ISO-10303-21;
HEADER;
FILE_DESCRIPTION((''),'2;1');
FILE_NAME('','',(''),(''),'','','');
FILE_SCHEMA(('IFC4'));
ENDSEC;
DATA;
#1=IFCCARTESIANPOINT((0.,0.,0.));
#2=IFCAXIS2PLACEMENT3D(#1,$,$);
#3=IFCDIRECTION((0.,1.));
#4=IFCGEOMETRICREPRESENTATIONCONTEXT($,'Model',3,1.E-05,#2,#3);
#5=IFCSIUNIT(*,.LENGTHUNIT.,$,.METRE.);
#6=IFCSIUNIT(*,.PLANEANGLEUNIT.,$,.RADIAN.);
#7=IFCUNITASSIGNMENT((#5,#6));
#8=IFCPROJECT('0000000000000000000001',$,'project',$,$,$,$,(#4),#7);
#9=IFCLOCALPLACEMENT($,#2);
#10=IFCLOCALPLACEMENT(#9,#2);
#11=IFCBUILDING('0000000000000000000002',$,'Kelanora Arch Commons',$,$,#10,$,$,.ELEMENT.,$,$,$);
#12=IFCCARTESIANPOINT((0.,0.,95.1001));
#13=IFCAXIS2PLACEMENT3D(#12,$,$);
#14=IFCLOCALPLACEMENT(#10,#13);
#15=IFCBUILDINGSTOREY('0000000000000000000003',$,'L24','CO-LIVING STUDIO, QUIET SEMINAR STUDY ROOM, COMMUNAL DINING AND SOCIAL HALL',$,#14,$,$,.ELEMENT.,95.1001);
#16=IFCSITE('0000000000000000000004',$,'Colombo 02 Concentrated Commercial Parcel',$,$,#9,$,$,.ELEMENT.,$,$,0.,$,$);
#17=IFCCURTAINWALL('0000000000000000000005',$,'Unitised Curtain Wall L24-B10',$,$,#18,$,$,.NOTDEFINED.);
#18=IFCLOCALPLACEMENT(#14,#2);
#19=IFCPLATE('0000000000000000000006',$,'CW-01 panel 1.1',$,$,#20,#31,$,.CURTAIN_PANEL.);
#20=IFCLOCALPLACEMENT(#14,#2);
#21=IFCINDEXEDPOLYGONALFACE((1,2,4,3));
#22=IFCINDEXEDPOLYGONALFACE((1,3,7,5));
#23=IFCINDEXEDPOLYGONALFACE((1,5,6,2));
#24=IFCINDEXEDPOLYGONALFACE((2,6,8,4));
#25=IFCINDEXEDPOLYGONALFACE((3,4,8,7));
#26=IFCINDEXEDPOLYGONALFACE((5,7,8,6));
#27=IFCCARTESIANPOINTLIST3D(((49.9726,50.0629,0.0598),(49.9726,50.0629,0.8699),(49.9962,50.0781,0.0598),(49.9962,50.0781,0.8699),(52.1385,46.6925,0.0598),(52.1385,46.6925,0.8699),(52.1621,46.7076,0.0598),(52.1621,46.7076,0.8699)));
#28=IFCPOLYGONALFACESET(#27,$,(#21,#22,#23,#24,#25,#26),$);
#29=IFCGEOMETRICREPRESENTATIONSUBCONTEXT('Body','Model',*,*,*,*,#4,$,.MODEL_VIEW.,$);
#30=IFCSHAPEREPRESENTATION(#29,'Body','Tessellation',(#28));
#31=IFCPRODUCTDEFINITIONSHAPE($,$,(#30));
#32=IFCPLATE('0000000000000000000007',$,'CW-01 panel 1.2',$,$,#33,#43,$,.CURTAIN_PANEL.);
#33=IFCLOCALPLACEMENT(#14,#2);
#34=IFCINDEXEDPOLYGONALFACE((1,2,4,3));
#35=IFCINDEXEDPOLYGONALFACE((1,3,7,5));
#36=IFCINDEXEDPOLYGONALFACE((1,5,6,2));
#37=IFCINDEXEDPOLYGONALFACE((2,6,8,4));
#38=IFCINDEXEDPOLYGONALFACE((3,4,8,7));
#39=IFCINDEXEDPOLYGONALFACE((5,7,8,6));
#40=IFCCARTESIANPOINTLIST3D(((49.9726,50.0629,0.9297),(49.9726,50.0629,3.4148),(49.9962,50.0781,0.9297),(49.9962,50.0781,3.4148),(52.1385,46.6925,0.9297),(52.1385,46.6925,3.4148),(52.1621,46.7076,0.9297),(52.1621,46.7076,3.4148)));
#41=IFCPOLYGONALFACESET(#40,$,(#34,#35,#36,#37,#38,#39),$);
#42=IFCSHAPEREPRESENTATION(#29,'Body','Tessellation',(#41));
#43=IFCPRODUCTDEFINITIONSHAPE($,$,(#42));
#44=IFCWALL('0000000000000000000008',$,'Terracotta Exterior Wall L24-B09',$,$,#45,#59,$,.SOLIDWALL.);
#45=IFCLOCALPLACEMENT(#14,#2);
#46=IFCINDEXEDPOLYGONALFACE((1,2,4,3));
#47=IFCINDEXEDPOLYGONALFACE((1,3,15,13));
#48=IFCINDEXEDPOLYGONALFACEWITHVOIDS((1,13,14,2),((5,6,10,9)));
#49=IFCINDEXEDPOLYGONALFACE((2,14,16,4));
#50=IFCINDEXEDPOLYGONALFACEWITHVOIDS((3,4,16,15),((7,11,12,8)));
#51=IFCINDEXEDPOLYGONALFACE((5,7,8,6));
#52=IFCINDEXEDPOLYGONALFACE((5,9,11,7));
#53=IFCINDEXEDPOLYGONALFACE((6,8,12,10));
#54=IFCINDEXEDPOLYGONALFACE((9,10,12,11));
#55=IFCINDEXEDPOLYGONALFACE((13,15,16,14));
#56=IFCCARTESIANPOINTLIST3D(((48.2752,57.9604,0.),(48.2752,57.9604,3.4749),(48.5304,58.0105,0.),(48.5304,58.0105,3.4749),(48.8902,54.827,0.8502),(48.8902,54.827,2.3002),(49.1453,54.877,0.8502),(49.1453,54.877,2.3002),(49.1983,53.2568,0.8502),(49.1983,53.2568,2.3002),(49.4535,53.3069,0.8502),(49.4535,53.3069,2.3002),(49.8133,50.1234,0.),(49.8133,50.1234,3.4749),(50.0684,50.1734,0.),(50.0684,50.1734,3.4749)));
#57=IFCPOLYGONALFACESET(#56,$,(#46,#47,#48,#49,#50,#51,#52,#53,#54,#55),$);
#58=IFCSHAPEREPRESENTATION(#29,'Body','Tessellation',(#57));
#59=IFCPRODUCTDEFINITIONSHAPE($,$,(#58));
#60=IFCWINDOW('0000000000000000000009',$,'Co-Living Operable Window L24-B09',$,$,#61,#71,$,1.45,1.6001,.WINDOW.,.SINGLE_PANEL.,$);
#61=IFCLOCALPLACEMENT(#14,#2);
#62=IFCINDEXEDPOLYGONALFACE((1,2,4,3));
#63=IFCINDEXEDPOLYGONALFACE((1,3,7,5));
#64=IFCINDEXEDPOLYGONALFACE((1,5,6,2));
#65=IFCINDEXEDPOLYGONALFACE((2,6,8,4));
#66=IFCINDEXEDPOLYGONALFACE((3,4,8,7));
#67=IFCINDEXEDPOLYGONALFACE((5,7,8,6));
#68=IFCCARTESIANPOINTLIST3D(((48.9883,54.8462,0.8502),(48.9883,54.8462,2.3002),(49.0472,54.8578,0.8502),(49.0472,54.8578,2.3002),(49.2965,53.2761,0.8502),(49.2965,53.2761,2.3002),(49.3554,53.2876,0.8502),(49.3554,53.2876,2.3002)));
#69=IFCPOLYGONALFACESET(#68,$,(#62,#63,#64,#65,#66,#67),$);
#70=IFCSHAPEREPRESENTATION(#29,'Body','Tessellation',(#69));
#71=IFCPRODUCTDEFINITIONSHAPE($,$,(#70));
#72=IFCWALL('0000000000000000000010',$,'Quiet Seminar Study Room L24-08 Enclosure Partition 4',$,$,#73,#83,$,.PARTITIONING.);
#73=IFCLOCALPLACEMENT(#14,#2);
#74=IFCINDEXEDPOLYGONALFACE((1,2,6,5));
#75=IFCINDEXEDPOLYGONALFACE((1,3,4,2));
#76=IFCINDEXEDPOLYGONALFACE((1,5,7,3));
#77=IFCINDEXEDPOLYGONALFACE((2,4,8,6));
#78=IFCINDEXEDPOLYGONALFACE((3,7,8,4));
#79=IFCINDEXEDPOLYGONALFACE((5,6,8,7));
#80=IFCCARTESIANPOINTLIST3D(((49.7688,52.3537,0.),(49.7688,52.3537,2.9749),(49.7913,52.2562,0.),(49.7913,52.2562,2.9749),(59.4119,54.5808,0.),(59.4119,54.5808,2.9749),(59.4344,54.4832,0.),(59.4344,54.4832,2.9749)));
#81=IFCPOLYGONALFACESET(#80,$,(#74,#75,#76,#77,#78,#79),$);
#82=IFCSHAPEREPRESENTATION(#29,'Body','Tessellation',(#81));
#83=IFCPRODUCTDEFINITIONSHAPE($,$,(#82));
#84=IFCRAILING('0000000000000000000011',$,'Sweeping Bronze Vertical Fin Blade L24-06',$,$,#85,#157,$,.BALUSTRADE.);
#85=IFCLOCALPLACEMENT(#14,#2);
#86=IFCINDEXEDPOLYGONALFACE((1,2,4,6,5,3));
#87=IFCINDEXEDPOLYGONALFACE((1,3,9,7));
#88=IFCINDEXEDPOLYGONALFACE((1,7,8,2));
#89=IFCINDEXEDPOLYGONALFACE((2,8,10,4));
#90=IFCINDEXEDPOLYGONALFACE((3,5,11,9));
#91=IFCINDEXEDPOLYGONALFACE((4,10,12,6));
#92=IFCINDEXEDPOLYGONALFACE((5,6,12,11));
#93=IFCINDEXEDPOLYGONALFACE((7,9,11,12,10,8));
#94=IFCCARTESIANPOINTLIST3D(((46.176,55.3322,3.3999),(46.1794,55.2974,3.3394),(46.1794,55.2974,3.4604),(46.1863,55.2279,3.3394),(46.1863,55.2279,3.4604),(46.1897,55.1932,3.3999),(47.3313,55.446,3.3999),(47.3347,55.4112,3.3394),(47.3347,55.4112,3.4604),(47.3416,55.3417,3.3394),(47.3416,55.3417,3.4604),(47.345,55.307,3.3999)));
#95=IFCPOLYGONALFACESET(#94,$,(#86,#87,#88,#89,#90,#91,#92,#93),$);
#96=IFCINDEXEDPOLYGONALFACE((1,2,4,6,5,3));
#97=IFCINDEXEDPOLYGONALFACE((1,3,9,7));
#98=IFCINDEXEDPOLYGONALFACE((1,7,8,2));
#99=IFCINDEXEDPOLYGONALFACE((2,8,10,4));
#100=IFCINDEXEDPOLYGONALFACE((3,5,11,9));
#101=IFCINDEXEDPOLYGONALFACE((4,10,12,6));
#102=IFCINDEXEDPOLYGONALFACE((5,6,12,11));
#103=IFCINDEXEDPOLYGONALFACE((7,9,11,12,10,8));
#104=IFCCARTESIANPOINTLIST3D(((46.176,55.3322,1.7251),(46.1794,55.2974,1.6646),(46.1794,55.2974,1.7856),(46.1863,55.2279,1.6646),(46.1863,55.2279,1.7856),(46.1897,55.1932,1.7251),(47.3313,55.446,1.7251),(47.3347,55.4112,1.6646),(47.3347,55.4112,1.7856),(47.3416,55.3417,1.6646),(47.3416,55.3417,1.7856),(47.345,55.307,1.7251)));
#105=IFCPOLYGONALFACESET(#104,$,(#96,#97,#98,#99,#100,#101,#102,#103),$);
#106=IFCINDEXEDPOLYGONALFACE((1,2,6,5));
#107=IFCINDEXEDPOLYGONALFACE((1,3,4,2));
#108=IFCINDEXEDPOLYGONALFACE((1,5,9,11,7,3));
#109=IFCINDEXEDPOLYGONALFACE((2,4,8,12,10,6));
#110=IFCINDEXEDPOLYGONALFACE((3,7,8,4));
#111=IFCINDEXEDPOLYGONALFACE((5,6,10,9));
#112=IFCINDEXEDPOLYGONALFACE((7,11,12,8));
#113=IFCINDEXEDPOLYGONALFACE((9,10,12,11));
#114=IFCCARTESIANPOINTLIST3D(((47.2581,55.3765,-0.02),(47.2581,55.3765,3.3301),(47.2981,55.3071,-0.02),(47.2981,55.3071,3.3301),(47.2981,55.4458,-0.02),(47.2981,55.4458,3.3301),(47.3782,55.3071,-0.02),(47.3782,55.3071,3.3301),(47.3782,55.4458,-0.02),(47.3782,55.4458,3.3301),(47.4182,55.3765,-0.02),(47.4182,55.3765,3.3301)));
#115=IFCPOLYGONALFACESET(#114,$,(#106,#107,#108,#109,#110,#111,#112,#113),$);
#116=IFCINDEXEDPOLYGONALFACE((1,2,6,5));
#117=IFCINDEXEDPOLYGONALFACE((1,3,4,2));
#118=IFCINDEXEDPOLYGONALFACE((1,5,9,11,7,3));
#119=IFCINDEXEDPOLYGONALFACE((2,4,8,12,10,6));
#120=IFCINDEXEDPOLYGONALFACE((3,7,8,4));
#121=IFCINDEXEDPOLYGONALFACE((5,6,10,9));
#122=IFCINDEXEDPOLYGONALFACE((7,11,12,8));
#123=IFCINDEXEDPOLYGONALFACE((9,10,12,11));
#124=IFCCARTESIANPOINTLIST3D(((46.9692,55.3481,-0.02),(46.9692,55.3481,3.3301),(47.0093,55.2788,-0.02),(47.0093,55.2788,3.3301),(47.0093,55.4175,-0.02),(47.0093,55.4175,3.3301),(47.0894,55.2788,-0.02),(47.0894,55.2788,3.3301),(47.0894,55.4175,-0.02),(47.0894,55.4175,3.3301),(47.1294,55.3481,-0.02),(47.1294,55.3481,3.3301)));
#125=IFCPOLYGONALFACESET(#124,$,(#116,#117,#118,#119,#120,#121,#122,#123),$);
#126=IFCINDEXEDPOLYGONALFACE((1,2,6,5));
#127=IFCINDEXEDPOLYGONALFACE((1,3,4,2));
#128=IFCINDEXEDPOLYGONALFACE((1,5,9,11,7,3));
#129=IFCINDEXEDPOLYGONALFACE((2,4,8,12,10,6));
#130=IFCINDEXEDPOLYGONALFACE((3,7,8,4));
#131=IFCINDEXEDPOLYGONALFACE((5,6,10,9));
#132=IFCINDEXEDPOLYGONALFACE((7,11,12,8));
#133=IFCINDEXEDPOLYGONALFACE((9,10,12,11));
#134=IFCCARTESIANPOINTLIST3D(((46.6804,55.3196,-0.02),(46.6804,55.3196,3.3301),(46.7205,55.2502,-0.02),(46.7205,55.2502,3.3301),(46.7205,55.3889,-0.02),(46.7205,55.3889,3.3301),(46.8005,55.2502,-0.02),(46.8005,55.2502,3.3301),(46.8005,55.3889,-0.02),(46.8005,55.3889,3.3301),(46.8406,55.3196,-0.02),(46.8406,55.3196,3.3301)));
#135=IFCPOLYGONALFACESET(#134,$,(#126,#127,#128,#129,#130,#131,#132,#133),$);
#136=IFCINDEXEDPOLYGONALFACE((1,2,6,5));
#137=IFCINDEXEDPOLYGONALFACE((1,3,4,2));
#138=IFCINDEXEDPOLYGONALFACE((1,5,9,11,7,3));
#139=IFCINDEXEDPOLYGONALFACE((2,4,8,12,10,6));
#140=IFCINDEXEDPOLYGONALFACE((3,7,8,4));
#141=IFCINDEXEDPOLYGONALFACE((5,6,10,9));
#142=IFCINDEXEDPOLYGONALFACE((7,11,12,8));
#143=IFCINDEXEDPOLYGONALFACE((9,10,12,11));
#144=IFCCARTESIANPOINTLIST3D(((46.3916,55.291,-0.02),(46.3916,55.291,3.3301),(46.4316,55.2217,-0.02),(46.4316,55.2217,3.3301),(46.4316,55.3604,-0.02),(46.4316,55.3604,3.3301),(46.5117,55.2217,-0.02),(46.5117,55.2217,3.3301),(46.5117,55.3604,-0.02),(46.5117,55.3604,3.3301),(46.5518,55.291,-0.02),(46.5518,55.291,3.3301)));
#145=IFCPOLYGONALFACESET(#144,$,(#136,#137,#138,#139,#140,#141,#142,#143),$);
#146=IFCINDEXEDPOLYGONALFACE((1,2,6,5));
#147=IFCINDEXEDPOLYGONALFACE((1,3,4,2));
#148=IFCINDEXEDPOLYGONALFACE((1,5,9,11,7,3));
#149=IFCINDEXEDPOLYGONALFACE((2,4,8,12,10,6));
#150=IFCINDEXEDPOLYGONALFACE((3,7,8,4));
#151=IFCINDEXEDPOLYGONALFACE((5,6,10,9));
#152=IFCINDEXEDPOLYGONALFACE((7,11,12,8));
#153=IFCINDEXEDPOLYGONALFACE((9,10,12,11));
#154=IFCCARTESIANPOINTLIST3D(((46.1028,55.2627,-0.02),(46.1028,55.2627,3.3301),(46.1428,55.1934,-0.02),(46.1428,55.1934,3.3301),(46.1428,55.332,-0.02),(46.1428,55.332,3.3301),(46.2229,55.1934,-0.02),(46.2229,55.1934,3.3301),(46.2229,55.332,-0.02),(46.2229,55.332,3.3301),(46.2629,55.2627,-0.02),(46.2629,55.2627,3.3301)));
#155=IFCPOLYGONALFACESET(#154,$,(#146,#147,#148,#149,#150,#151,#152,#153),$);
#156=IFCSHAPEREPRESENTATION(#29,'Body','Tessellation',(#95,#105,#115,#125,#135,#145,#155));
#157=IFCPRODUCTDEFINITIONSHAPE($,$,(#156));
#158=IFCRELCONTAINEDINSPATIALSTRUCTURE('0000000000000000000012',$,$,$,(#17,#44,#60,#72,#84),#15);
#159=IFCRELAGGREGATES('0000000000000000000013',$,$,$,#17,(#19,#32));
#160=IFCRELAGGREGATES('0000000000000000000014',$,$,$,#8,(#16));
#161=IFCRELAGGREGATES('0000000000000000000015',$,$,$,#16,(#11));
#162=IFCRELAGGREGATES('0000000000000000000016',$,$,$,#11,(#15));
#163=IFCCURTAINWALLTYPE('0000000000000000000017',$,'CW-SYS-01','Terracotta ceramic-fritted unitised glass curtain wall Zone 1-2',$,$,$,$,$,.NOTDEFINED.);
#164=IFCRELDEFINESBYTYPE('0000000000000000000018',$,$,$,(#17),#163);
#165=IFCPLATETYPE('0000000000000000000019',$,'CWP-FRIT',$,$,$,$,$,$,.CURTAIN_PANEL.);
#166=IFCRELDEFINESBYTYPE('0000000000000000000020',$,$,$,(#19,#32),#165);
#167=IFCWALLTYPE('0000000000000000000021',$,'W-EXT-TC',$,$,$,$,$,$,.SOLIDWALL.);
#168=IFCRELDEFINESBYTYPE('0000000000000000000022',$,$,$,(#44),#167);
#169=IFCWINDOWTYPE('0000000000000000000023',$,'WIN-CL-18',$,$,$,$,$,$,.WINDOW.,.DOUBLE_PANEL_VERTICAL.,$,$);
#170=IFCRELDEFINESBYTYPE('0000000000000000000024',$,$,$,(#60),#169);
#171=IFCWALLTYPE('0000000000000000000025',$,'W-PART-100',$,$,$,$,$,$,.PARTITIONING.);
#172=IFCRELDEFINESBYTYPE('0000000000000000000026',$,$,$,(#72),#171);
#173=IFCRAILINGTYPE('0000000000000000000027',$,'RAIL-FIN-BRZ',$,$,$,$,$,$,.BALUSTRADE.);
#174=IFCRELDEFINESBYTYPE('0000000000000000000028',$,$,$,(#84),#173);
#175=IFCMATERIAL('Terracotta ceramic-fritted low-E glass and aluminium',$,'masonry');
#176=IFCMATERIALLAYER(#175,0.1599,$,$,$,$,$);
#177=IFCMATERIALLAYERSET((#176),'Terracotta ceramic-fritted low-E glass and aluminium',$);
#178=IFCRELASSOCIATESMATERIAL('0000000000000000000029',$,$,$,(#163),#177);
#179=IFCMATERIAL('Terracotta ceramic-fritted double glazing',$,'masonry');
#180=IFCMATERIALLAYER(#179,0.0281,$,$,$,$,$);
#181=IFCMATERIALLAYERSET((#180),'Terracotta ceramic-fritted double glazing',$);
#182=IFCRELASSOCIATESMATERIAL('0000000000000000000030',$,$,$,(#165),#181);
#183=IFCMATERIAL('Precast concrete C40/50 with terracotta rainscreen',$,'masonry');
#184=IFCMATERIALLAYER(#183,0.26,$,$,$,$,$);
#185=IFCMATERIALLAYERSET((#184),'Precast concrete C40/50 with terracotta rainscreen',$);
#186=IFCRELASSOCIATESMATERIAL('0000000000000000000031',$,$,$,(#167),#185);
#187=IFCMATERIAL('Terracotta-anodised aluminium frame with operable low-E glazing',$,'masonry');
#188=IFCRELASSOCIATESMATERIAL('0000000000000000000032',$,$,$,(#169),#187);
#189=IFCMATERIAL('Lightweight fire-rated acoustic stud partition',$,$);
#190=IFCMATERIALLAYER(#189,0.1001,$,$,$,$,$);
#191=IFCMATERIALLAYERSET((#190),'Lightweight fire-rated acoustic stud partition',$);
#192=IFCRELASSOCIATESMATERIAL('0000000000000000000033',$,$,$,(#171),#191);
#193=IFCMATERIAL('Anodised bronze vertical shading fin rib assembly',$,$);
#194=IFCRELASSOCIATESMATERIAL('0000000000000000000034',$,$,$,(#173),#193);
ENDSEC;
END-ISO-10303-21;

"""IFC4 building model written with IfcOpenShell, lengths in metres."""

from ifc_helpers import new_model, si_unit, direction, frame, frame_2d, origin, origin_2d, place, context, subcontext, project, spatial, polyline, rectangle, outline, extrude, source, transform, mapped, material, layer, layer_set, type_object, element, fill, aggregate, save


model = new_model("IFC4")

# Units and contexts
model_context = context("Model", 3, precision=1e-05, world=origin(), true_north=direction((0.0, 1.0)))
body_context = subcontext(model_context, "Body", "Model", "MODEL_VIEW")
ifc_project = project(units=[si_unit("LENGTHUNIT", "METRE"), si_unit("PLANEANGLEUNIT", "RADIAN")], contexts=[model_context])

# Site, building, storey
site_placement = place(None, origin())
site = spatial("IfcSite", under=ifc_project, at=site_placement, Name="Colombo 02 Concentrated Commercial Parcel", CompositionType="ELEMENT", RefElevation=0.0)
building_placement = place(site_placement, origin())
building = spatial("IfcBuilding", under=site, at=building_placement, Name="Kelanora Arch Commons", CompositionType="ELEMENT")
storey_placement = place(building_placement, frame((0.0, 0.0, 95.1001)))
storey = spatial("IfcBuildingStorey", under=building, at=storey_placement, Name="L24", Description="CO-LIVING STUDIO, QUIET SEMINAR STUDY ROOM, COMMUNAL DINING AND SOCIAL HALL", CompositionType="ELEMENT", Elevation=95.1001)

# Shared definitions
ifc_material_1 = material(Name="Terracotta ceramic-fritted low-E glass and aluminium", Category="masonry")
ifc_layer_1 = layer(ifc_material_1, 0.1599)
ifc_layer_set_1 = layer_set([ifc_layer_1], Name="Terracotta ceramic-fritted low-E glass and aluminium")
curtain_wall_type = type_object("IfcCurtainWallType", Name="CW-SYS-01", Description="Terracotta ceramic-fritted unitised glass curtain wall Zone 1-2", PredefinedType="NOTDEFINED", material=ifc_layer_set_1)

# Curtain wall
curtain_wall_1_placement = place(storey_placement, origin())
curtain_wall_1 = element("IfcCurtainWall", 1, at=curtain_wall_1_placement, inside=storey, type_object=curtain_wall_type, Name="Unitised Curtain Wall L24-B10", PredefinedType="NOTDEFINED")

# Plates
ifc_material_2 = material(Name="Terracotta ceramic-fritted double glazing", Category="masonry")
ifc_layer_2 = layer(ifc_material_2, 0.0281)
ifc_layer_set_2 = layer_set([ifc_layer_2], Name="Terracotta ceramic-fritted double glazing")
plate_type = type_object("IfcPlateType", Name="CWP-FRIT", PredefinedType="CURTAIN_PANEL", material=ifc_layer_set_2)
shared_shape_1 = source(origin(), body_context, "Body", "SweptSolid", [
    extrude(rectangle(XDim=4.0063, YDim=0.0281, at=origin_2d()), origin(), (0.0, 0.0, 1.0), 0.8101),
])
plate_1_placement = place(storey_placement, frame((51.0674, 48.3853, 0.0598), z_axis=(0.0, 0.0, 1.0), x_axis=(0.540617, -0.841269, 0.0)))
plate_1 = element("IfcPlate", 2, at=plate_1_placement, type_object=plate_type, Name="CW-01 panel 1.1", PredefinedType="CURTAIN_PANEL", context=body_context, shape_type="MappedRepresentation", body=[
    mapped(shared_shape_1, transform((0.0, 0.0, 0.0), scale=1.0)),
])
shared_shape_2 = source(origin(), body_context, "Body", "SweptSolid", [
    extrude(rectangle(XDim=4.0063, YDim=0.0281, at=origin_2d()), origin(), (0.0, 0.0, 1.0), 2.4851),
])
plate_2_placement = place(storey_placement, frame((51.0674, 48.3853, 0.9297), z_axis=(0.0, 0.0, 1.0), x_axis=(0.540617, -0.841269, 0.0)))
plate_2 = element("IfcPlate", 3, at=plate_2_placement, type_object=plate_type, Name="CW-01 panel 1.2", PredefinedType="CURTAIN_PANEL", context=body_context, shape_type="MappedRepresentation", body=[
    mapped(shared_shape_2, transform((0.0, 0.0, 0.0), scale=1.0)),
])
aggregate(curtain_wall_1, [plate_1, plate_2])

# Wall, opening, window
ifc_material_3 = material(Name="Precast concrete C40/50 with terracotta rainscreen", Category="masonry")
ifc_layer_3 = layer(ifc_material_3, 0.26)
ifc_layer_set_3 = layer_set([ifc_layer_3], Name="Precast concrete C40/50 with terracotta rainscreen")
wall_type_1 = type_object("IfcWallType", Name="W-EXT-TC", PredefinedType="SOLIDWALL", material=ifc_layer_set_3)
wall_1_placement = place(storey_placement, frame((48.4028, 57.9854, 0.0), z_axis=(0.0, 0.0, 1.0), x_axis=(0.192582, -0.981281, 0.0)))
wall_1 = element("IfcWall", 4, at=wall_1_placement, inside=storey, type_object=wall_type_1, Name="Terracotta Exterior Wall L24-B09", PredefinedType="SOLIDWALL", context=body_context, shape_type="SweptSolid", body=[
    extrude(rectangle(XDim=7.9866, YDim=0.26, at=frame_2d((3.9932, 0.0))), origin(), (0.0, 0.0, 1.0), 3.4749),
])
opening_placement = place(wall_1_placement, frame((3.1931, 0.0, 0.8501)))
opening = element("IfcOpeningElement", 5, at=opening_placement, cuts=wall_1, PredefinedType="OPENING", context=body_context, shape_type="SweptSolid", body=[
    extrude(rectangle(XDim=1.6001, YDim=1.45, at=frame_2d((0.8, 0.7251))), frame((0.0, 0.1401, 0.0), z_axis=(0.0, -1.0, 0.0), x_axis=(1.0, 0.0, 0.0)), (0.0, 0.0, 1.0), 0.28),
])
ifc_material_4 = material(Name="Terracotta-anodised aluminium frame with operable low-E glazing", Category="masonry")
window_type = type_object("IfcWindowType", Name="WIN-CL-18", PartitioningType="DOUBLE_PANEL_VERTICAL", PredefinedType="WINDOW", material=ifc_material_4)
window_placement = place(opening_placement, origin())
window = element("IfcWindow", 6, at=window_placement, inside=storey, type_object=window_type, Name="Co-Living Operable Window L24-B09", OverallHeight=1.45, OverallWidth=1.6001, PartitioningType="SINGLE_PANEL", PredefinedType="WINDOW", context=body_context, shape_type="SweptSolid", body=[
    extrude(rectangle(XDim=1.6001, YDim=1.45, at=frame_2d((0.8, 0.7251))), frame((0.0, 0.03, 0.0), z_axis=(0.0, -1.0, 0.0), x_axis=(1.0, 0.0, 0.0)), (0.0, 0.0, 1.0), 0.0601),
])
fill(opening, window)

# Wall
ifc_material_5 = material(Name="Lightweight fire-rated acoustic stud partition")
ifc_layer_4 = layer(ifc_material_5, 0.1001)
ifc_layer_set_4 = layer_set([ifc_layer_4], Name="Lightweight fire-rated acoustic stud partition")
wall_type_2 = type_object("IfcWallType", Name="W-PART-100", PredefinedType="PARTITIONING", material=ifc_layer_set_4)
wall_2_placement = place(storey_placement, frame((49.78, 52.3049, 0.0), z_axis=(0.0, 0.0, 1.0), x_axis=(0.974353, 0.225025, 0.0)))
element("IfcWall", 7, at=wall_2_placement, inside=storey, type_object=wall_type_2, Name="Quiet Seminar Study Room L24-08 Enclosure Partition 4", PredefinedType="PARTITIONING", context=body_context, shape_type="SweptSolid", body=[
    extrude(rectangle(XDim=9.897, YDim=0.1001, at=frame_2d((4.9485, 0.0))), origin(), (0.0, 0.0, 1.0), 2.9749),
])

# Railing
ifc_material_6 = material(Name="Anodised bronze vertical shading fin rib assembly")
railing_type = type_object("IfcRailingType", Name="RAIL-FIN-BRZ", PredefinedType="BALUSTRADE", material=ifc_material_6)
railing_1_placement = place(storey_placement, frame((47.3381, 55.3765, -0.02)))
element("IfcRailing", 8, at=railing_1_placement, inside=storey, type_object=railing_type, Name="Sweeping Bronze Vertical Fin Blade L24-06", PredefinedType="BALUSTRADE", context=body_context, shape_type="SweptSolid", body=[
    extrude(outline(polyline([(0.0698, 0.0), (0.0349, 0.0605), (-0.0349, 0.0605), (-0.0698, 0.0), (-0.0349, -0.0605), (0.0349, -0.0605), (0.0698, 0.0)])), frame((0.0, 0.0, 3.4199), z_axis=(-0.995186, -0.098004, 0.0), x_axis=(0.098004, -0.995186, 0.0)), (0.0, 0.0, 1.0), 1.1609),
    extrude(outline(polyline([(0.0698, 0.0), (0.0349, 0.0605), (-0.0349, 0.0605), (-0.0698, 0.0), (-0.0349, -0.0605), (0.0349, -0.0605), (0.0698, 0.0)])), frame((0.0, 0.0, 1.7451), z_axis=(-0.995186, -0.098004, 0.0), x_axis=(0.098004, -0.995186, 0.0)), (0.0, 0.0, 1.0), 1.1609),
    extrude(outline(polyline([(0.0801, 0.0), (0.04, 0.0693), (-0.04, 0.0693), (-0.0801, 0.0), (-0.04, -0.0693), (0.04, -0.0693), (0.0801, 0.0)])), origin(), (0.0, 0.0, 1.0), 3.3501),
    extrude(outline(polyline([(0.0801, 0.0), (0.04, 0.0693), (-0.04, 0.0693), (-0.0801, 0.0), (-0.04, -0.0693), (0.04, -0.0693), (0.0801, 0.0)])), frame((-0.2888, -0.0283, 0.0)), (0.0, 0.0, 1.0), 3.3501),
    extrude(outline(polyline([(0.0801, 0.0), (0.04, 0.0693), (-0.04, 0.0693), (-0.0801, 0.0), (-0.04, -0.0693), (0.04, -0.0693), (0.0801, 0.0)])), frame((-0.5776, -0.0569, 0.0)), (0.0, 0.0, 1.0), 3.3501),
    extrude(outline(polyline([(0.0801, 0.0), (0.04, 0.0693), (-0.04, 0.0693), (-0.0801, 0.0), (-0.04, -0.0693), (0.04, -0.0693), (0.0801, 0.0)])), frame((-0.8665, -0.0854, 0.0)), (0.0, 0.0, 1.0), 3.3501),
    extrude(outline(polyline([(0.0801, 0.0), (0.04, 0.0693), (-0.04, 0.0693), (-0.0801, 0.0), (-0.04, -0.0693), (0.04, -0.0693), (0.0801, 0.0)])), frame((-1.1553, -0.1138, 0.0)), (0.0, 0.0, 1.0), 3.3501),
])

save(model, "model.ifc")
